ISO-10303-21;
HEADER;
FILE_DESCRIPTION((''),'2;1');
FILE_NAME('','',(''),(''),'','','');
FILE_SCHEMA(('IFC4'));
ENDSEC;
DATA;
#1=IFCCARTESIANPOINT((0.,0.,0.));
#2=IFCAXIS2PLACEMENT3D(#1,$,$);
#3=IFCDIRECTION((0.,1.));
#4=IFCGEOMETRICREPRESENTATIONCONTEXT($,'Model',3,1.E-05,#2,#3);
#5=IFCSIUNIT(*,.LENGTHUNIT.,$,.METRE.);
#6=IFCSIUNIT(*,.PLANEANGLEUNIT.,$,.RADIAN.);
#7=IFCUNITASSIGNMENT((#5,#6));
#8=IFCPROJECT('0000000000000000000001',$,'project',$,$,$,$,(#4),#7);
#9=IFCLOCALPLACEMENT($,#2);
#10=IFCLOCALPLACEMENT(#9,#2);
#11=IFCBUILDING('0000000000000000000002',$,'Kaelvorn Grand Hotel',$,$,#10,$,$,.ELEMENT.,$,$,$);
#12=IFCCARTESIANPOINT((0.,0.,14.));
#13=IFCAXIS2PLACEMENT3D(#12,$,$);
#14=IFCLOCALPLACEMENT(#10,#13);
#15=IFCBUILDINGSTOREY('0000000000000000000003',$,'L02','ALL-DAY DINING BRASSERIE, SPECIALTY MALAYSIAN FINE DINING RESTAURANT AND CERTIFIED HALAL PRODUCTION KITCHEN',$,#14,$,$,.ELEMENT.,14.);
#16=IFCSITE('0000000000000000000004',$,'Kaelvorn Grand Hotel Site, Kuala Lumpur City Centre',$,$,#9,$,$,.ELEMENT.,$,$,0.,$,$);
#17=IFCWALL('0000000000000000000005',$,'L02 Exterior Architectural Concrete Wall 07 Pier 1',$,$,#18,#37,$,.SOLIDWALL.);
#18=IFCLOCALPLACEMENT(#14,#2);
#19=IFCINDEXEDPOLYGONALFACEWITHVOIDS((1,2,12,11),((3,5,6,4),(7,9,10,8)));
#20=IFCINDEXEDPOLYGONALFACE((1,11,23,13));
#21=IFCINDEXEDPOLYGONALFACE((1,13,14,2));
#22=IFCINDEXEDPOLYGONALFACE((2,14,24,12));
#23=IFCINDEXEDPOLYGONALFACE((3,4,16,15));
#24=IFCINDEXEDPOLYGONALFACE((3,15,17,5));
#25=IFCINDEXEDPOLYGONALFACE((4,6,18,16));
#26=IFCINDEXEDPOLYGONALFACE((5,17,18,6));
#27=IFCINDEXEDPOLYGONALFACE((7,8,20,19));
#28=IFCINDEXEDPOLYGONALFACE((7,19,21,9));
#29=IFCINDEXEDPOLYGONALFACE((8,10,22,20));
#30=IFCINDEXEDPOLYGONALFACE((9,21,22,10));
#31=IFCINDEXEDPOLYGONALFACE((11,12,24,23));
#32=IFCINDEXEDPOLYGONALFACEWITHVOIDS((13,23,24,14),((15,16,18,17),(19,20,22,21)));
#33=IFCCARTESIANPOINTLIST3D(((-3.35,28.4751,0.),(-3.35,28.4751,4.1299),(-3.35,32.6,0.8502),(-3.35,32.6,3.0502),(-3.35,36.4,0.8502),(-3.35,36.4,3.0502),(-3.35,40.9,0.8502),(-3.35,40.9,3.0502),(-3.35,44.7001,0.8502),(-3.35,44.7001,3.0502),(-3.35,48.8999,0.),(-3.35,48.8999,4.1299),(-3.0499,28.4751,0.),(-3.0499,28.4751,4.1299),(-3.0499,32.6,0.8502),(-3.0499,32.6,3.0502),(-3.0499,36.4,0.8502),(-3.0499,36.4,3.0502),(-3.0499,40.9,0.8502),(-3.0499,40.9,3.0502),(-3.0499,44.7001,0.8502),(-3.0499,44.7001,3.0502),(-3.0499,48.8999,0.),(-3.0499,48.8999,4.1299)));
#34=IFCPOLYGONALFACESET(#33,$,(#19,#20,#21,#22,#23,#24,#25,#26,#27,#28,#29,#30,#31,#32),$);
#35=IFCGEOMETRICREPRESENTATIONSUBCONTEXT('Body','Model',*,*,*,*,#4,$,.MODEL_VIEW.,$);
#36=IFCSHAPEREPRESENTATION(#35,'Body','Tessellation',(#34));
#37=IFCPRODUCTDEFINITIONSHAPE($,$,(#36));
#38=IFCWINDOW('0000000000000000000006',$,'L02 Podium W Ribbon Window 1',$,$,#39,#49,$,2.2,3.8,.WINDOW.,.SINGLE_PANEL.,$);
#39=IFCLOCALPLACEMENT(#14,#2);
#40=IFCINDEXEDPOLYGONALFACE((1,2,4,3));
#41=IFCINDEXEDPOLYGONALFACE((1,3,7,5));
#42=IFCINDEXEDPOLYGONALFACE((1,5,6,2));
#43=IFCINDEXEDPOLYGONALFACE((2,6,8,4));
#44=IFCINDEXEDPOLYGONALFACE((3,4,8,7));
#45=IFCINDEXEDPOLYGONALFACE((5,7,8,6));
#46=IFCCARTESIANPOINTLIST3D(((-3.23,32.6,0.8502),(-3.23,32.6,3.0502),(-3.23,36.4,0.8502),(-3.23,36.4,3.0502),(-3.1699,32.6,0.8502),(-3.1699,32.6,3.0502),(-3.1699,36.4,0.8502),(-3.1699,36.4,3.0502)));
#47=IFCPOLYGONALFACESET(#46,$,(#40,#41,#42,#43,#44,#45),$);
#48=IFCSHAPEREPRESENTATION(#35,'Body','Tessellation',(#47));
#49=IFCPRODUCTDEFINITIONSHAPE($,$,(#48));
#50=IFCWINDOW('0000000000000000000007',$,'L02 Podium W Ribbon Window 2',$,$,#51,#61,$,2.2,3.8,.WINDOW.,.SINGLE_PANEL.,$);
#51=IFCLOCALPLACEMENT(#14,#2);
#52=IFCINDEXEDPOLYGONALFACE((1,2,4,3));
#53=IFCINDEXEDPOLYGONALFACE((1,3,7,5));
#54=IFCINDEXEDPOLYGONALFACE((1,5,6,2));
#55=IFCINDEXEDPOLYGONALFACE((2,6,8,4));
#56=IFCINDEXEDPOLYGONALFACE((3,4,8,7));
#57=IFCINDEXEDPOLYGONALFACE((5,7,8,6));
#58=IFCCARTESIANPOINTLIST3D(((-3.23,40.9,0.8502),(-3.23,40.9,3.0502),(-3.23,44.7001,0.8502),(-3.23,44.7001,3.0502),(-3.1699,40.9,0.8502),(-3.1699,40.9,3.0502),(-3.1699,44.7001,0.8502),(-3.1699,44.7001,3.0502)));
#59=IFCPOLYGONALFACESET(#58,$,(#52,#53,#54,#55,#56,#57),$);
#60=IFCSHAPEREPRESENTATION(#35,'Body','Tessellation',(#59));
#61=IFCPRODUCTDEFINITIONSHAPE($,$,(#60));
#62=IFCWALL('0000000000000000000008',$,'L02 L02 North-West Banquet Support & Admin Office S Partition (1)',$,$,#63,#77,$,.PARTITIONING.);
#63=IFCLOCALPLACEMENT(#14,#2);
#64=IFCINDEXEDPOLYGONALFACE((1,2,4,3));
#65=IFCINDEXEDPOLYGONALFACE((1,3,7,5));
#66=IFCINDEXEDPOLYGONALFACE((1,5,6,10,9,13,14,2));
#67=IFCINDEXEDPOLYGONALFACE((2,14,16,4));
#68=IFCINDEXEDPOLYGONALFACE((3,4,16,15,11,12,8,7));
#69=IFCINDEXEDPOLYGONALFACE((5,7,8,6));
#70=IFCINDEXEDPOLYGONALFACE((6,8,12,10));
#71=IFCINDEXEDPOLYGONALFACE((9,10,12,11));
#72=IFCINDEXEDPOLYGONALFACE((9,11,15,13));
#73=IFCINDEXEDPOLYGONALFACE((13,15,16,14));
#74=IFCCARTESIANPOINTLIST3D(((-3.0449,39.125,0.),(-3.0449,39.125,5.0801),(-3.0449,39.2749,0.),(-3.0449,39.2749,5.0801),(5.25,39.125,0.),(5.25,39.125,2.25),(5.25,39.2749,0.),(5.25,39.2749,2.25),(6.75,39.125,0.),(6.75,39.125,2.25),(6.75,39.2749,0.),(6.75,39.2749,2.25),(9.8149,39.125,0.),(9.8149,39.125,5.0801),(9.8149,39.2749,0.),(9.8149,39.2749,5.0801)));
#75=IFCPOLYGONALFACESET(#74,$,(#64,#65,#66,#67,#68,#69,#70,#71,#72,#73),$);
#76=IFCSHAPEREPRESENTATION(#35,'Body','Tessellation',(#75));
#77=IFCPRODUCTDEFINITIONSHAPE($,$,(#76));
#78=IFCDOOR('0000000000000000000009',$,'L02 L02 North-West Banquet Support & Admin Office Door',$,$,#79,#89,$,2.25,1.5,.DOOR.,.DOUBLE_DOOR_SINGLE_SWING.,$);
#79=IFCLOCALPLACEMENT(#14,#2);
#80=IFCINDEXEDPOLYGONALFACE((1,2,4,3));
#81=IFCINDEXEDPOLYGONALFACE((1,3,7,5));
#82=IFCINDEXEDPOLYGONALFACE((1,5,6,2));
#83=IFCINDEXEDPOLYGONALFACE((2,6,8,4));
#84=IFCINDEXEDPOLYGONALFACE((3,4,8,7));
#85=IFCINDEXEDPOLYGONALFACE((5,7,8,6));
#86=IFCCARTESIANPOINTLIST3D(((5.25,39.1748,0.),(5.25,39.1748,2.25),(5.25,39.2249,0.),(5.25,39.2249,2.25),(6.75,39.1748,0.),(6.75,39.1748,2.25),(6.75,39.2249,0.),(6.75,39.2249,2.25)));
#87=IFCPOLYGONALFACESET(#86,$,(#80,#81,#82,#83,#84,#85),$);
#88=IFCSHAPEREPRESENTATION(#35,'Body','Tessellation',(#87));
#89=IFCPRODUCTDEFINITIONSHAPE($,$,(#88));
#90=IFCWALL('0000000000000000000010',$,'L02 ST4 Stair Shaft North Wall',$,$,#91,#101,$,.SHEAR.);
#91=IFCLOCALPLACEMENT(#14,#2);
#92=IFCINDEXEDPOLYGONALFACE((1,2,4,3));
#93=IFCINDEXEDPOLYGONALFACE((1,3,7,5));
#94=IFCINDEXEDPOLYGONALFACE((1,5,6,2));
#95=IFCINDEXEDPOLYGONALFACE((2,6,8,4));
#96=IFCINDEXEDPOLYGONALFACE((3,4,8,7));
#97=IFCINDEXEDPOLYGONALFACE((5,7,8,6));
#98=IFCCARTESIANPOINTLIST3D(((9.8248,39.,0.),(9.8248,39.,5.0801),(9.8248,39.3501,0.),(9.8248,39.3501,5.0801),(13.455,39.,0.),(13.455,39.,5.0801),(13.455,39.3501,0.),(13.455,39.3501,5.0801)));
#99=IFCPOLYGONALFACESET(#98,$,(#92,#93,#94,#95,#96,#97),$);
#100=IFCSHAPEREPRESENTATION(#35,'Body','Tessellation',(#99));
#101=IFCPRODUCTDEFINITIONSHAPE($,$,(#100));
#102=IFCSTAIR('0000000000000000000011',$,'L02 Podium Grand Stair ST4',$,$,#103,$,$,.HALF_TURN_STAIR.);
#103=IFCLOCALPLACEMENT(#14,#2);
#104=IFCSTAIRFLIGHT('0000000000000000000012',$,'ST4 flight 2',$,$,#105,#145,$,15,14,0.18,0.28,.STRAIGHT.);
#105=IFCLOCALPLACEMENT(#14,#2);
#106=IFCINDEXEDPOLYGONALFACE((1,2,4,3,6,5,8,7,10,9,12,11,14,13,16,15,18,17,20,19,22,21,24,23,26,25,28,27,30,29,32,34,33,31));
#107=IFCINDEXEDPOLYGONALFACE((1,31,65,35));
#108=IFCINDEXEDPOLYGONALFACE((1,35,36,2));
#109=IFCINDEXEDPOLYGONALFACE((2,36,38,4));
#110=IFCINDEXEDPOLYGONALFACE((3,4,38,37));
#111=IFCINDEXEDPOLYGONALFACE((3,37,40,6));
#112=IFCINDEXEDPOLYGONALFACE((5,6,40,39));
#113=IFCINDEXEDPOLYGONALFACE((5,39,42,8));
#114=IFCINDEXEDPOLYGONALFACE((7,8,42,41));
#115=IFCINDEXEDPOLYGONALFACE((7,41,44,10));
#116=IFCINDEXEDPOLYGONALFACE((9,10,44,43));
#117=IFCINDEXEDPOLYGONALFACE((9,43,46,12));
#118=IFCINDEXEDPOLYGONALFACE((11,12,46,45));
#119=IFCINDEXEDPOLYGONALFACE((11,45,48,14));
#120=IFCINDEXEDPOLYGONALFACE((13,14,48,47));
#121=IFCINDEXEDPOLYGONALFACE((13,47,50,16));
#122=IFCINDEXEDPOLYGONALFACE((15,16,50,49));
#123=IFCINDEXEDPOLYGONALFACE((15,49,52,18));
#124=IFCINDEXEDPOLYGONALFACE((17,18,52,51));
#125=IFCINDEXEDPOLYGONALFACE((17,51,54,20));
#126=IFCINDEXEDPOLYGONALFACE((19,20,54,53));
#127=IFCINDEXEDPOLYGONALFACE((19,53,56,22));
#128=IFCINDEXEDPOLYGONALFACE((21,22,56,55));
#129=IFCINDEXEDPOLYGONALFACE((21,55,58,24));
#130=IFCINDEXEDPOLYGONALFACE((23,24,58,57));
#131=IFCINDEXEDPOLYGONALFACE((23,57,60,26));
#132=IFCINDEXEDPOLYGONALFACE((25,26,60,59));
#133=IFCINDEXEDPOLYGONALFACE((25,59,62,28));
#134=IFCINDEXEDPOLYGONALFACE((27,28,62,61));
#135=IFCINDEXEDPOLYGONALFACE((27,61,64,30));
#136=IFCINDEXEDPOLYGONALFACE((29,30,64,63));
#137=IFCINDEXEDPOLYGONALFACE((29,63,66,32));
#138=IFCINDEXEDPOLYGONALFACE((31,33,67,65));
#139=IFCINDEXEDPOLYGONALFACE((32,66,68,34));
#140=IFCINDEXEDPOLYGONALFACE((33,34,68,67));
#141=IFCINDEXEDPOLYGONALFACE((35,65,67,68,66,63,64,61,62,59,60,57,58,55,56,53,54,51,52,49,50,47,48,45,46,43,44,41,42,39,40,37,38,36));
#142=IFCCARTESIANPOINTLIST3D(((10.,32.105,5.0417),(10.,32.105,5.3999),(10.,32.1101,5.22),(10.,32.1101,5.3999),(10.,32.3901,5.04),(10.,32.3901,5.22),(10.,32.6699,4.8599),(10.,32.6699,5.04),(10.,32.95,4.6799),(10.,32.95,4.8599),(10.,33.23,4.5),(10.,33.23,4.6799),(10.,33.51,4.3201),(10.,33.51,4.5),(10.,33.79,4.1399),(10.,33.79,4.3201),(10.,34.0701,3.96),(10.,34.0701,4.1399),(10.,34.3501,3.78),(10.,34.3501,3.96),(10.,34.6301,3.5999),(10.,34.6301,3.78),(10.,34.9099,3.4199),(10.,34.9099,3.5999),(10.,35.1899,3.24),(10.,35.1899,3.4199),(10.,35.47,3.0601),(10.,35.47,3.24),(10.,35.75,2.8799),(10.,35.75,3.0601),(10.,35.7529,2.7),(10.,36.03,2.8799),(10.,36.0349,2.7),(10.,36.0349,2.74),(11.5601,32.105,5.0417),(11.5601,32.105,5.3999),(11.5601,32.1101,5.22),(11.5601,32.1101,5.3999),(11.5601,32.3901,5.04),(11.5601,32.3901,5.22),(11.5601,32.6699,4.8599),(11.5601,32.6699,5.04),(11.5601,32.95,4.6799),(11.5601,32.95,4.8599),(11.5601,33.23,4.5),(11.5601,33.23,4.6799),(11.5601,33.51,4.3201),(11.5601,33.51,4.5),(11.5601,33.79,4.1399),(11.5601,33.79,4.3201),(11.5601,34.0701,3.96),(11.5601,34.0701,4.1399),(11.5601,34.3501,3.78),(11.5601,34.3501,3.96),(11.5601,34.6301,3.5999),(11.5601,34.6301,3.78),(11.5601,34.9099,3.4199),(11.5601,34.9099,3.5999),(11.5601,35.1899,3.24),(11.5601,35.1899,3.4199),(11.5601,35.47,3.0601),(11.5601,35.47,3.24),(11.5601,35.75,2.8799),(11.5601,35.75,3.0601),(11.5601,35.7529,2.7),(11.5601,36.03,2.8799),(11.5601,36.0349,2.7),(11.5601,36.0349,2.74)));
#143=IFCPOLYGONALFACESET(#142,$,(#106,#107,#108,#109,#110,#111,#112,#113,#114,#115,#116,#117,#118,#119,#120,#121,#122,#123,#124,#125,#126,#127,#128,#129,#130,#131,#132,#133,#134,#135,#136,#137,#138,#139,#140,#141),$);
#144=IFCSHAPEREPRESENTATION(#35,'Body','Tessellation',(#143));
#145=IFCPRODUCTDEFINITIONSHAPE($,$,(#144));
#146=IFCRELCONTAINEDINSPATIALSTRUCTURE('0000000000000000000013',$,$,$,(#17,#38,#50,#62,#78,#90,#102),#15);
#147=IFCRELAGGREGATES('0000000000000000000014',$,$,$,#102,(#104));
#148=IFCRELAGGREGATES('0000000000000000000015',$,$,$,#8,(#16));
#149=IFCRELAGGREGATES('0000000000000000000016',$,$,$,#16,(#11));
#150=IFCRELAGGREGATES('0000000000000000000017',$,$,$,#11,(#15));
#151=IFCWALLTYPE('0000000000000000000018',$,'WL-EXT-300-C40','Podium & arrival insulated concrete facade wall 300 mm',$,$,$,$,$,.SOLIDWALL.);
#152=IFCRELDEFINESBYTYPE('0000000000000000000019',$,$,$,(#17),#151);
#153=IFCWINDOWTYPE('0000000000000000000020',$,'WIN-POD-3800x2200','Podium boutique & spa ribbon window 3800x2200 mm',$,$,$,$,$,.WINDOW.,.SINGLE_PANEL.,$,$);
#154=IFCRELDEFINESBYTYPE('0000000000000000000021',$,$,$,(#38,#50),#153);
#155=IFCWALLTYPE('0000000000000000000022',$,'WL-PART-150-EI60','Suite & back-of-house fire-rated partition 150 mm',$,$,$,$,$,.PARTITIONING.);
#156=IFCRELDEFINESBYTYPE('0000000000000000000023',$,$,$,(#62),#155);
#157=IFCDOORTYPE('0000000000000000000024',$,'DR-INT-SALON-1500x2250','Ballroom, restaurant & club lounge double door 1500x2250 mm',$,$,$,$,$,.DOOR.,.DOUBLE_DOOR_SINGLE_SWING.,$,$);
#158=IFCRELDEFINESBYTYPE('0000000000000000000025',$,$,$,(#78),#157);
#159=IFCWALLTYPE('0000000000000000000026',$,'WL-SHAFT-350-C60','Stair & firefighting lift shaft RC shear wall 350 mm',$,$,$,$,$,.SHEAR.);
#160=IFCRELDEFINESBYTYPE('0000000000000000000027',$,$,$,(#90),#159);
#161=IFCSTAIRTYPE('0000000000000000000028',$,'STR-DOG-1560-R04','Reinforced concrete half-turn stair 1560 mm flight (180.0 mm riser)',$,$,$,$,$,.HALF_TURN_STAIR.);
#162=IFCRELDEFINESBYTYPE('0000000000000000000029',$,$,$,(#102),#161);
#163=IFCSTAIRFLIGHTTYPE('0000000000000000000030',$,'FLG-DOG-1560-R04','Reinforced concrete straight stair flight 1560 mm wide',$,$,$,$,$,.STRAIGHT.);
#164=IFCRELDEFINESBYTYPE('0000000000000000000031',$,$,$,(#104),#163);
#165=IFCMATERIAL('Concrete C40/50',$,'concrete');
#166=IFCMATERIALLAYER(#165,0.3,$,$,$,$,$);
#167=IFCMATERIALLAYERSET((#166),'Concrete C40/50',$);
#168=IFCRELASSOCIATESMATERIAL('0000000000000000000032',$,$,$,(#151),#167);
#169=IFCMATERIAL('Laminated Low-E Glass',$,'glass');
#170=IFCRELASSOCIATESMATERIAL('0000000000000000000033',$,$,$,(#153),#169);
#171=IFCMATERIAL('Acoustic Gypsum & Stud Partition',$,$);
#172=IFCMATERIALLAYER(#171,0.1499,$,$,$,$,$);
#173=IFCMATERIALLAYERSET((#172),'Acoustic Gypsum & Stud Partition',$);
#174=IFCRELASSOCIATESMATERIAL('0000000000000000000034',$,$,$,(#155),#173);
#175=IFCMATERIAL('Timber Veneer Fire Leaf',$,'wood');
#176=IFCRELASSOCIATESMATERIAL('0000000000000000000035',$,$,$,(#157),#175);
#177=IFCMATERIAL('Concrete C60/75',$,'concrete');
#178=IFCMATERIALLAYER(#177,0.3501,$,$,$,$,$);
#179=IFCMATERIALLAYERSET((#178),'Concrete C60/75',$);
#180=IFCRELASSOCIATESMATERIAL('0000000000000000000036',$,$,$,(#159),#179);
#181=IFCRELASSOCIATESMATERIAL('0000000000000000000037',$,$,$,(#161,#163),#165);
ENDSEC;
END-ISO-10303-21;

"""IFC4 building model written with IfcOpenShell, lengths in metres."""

from ifc_helpers import new_model, si_unit, direction, frame, frame_2d, origin, place, context, subcontext, project, spatial, polyline, rectangle, outline, extrude, material, layer, layer_set, type_object, element, fill, aggregate, save


model = new_model("IFC4")

# Units and contexts
model_context = context("Model", 3, precision=1e-05, world=origin(), true_north=direction((0.0, 1.0)))
body_context = subcontext(model_context, "Body", "Model", "MODEL_VIEW")
ifc_project = project(units=[si_unit("LENGTHUNIT", "METRE"), si_unit("PLANEANGLEUNIT", "RADIAN")], contexts=[model_context])

# Site, building, storey
site_placement = place(None, origin())
site = spatial("IfcSite", under=ifc_project, at=site_placement, Name="Kaelvorn Grand Hotel Site, Kuala Lumpur City Centre", CompositionType="ELEMENT", RefElevation=0.0)
building_placement = place(site_placement, origin())
building = spatial("IfcBuilding", under=site, at=building_placement, Name="Kaelvorn Grand Hotel", CompositionType="ELEMENT")
storey_placement = place(building_placement, frame((0.0, 0.0, 14.0)))
storey = spatial("IfcBuildingStorey", under=building, at=storey_placement, Name="L02", Description="ALL-DAY DINING BRASSERIE, SPECIALTY MALAYSIAN FINE DINING RESTAURANT AND CERTIFIED HALAL PRODUCTION KITCHEN", CompositionType="ELEMENT", Elevation=14.0)

# Shared definitions
ifc_material_1 = material(Name="Concrete C60/75", Category="concrete")

# Shared definitions
ifc_material_2 = material(Name="Concrete C40/50", Category="concrete")
ifc_layer_1 = layer(ifc_material_2, 0.3)
ifc_layer_set_1 = layer_set([ifc_layer_1], Name="Concrete C40/50")
wall_type_1 = type_object("IfcWallType", Name="WL-EXT-300-C40", Description="Podium & arrival insulated concrete facade wall 300 mm", PredefinedType="SOLIDWALL", material=ifc_layer_set_1)
ifc_material_3 = material(Name="Laminated Low-E Glass", Category="glass")

# Wall, openings, windows
wall_1_placement = place(storey_placement, frame((-3.2, 48.8999, 0.0), z_axis=(0.0, 0.0, 1.0), x_axis=(0.0, -1.0, 0.0)))
wall_1 = element("IfcWall", 1, at=wall_1_placement, inside=storey, type_object=wall_type_1, Name="L02 Exterior Architectural Concrete Wall 07 Pier 1", PredefinedType="SOLIDWALL", context=body_context, shape_type="SweptSolid", body=[
    extrude(rectangle(XDim=20.4248, YDim=0.3, at=frame_2d((10.2124, 0.0))), origin(), (0.0, 0.0, 1.0), 4.1299),
])
opening_1_placement = place(wall_1_placement, frame((12.5, 0.0, 0.8501)))
opening_1 = element("IfcOpeningElement", 2, at=opening_1_placement, cuts=wall_1, PredefinedType="OPENING", context=body_context, shape_type="SweptSolid", body=[
    extrude(rectangle(XDim=3.8, YDim=2.2, at=frame_2d((1.8999, 1.1001))), frame((0.0, 0.1602, 0.0), z_axis=(0.0, -1.0, 0.0), x_axis=(1.0, 0.0, 0.0)), (0.0, 0.0, 1.0), 0.3201),
])
opening_2_placement = place(wall_1_placement, frame((4.2, 0.0, 0.8501)))
opening_2 = element("IfcOpeningElement", 3, at=opening_2_placement, cuts=wall_1, PredefinedType="OPENING", context=body_context, shape_type="SweptSolid", body=[
    extrude(rectangle(XDim=3.8, YDim=2.2, at=frame_2d((1.8999, 1.1001))), frame((0.0, 0.1602, 0.0), z_axis=(0.0, -1.0, 0.0), x_axis=(1.0, 0.0, 0.0)), (0.0, 0.0, 1.0), 0.3201),
])
window_type_1 = type_object("IfcWindowType", Name="WIN-POD-3800x2200", Description="Podium boutique & spa ribbon window 3800x2200 mm", PartitioningType="SINGLE_PANEL", PredefinedType="WINDOW", material=ifc_material_3)
window_1_placement = place(opening_1_placement, origin())
window_1 = element("IfcWindow", 4, at=window_1_placement, inside=storey, type_object=window_type_1, Name="L02 Podium W Ribbon Window 1", OverallHeight=2.2, OverallWidth=3.8, PartitioningType="SINGLE_PANEL", PredefinedType="WINDOW", context=body_context, shape_type="SweptSolid", body=[
    extrude(rectangle(XDim=3.8, YDim=2.2, at=frame_2d((1.8999, 1.1001))), frame((0.0, 0.03, 0.0), z_axis=(0.0, -1.0, 0.0), x_axis=(1.0, 0.0, 0.0)), (0.0, 0.0, 1.0), 0.0601),
])
fill(opening_1, window_1)
window_2_placement = place(opening_2_placement, origin())
window_2 = element("IfcWindow", 5, at=window_2_placement, inside=storey, type_object=window_type_1, Name="L02 Podium W Ribbon Window 2", OverallHeight=2.2, OverallWidth=3.8, PartitioningType="SINGLE_PANEL", PredefinedType="WINDOW", context=body_context, shape_type="SweptSolid", body=[
    extrude(rectangle(XDim=3.8, YDim=2.2, at=frame_2d((1.8999, 1.1001))), frame((0.0, 0.03, 0.0), z_axis=(0.0, -1.0, 0.0), x_axis=(1.0, 0.0, 0.0)), (0.0, 0.0, 1.0), 0.0601),
])
fill(opening_2, window_2)

# Wall, opening, door
ifc_material_4 = material(Name="Acoustic Gypsum & Stud Partition")
ifc_layer_2 = layer(ifc_material_4, 0.1499)
ifc_layer_set_2 = layer_set([ifc_layer_2], Name="Acoustic Gypsum & Stud Partition")
wall_type_2 = type_object("IfcWallType", Name="WL-PART-150-EI60", Description="Suite & back-of-house fire-rated partition 150 mm", PredefinedType="PARTITIONING", material=ifc_layer_set_2)
wall_2_placement = place(storey_placement, frame((-3.0449, 39.2, 0.0), z_axis=(0.0, 0.0, 1.0), x_axis=(1.0, 0.0, 0.0)))
wall_2 = element("IfcWall", 6, at=wall_2_placement, inside=storey, type_object=wall_type_2, Name="L02 L02 North-West Banquet Support & Admin Office S Partition (1)", PredefinedType="PARTITIONING", context=body_context, shape_type="SweptSolid", body=[
    extrude(rectangle(XDim=12.8599, YDim=0.1499, at=frame_2d((6.4299, 0.0))), origin(), (0.0, 0.0, 1.0), 5.0801),
])
opening_3_placement = place(wall_2_placement, frame((8.2949, 0.0, 0.0)))
opening_3 = element("IfcOpeningElement", 7, at=opening_3_placement, cuts=wall_2, PredefinedType="OPENING", context=body_context, shape_type="SweptSolid", body=[
    extrude(rectangle(XDim=1.5, YDim=2.25, at=frame_2d((0.75, 1.125))), frame((0.0, 0.085, 0.0), z_axis=(0.0, -1.0, 0.0), x_axis=(1.0, 0.0, 0.0)), (0.0, 0.0, 1.0), 0.1699),
])
ifc_material_5 = material(Name="Timber Veneer Fire Leaf", Category="wood")
door_type = type_object("IfcDoorType", Name="DR-INT-SALON-1500x2250", Description="Ballroom, restaurant & club lounge double door 1500x2250 mm", OperationType="DOUBLE_DOOR_SINGLE_SWING", PredefinedType="DOOR", material=ifc_material_5)
door_placement = place(opening_3_placement, origin())
door = element("IfcDoor", 8, at=door_placement, inside=storey, type_object=door_type, Name="L02 L02 North-West Banquet Support & Admin Office Door", OperationType="DOUBLE_DOOR_SINGLE_SWING", OverallHeight=2.25, OverallWidth=1.5, PredefinedType="DOOR", context=body_context, shape_type="SweptSolid", body=[
    extrude(rectangle(XDim=1.5, YDim=2.25, at=frame_2d((0.75, 1.125))), frame((0.0, 0.0249, 0.0), z_axis=(0.0, -1.0, 0.0), x_axis=(1.0, 0.0, 0.0)), (0.0, 0.0, 1.0), 0.05),
])
fill(opening_3, door)

# Wall
ifc_layer_3 = layer(ifc_material_1, 0.3501)
ifc_layer_set_3 = layer_set([ifc_layer_3], Name="Concrete C60/75")
wall_type_3 = type_object("IfcWallType", Name="WL-SHAFT-350-C60", Description="Stair & firefighting lift shaft RC shear wall 350 mm", PredefinedType="SHEAR", material=ifc_layer_set_3)
wall_3_placement = place(storey_placement, frame((9.825, 39.175, 0.0), z_axis=(0.0, 0.0, 1.0), x_axis=(1.0, 0.0, 0.0)))
element("IfcWall", 9, at=wall_3_placement, inside=storey, type_object=wall_type_3, Name="L02 ST4 Stair Shaft North Wall", PredefinedType="SHEAR", context=body_context, shape_type="SweptSolid", body=[
    extrude(rectangle(XDim=3.6301, YDim=0.3501, at=frame_2d((1.8149, 0.0))), origin(), (0.0, 0.0, 1.0), 5.0801),
])

# Stair, stair flight
stair_type = type_object("IfcStairType", Name="STR-DOG-1560-R04", Description="Reinforced concrete half-turn stair 1560 mm flight (180.0 mm riser)", PredefinedType="HALF_TURN_STAIR", material=ifc_material_2)
stair_placement = place(storey_placement, origin())
stair = element("IfcStair", 10, at=stair_placement, inside=storey, type_object=stair_type, Name="L02 Podium Grand Stair ST4", PredefinedType="HALF_TURN_STAIR")
stair_flight_type = type_object("IfcStairFlightType", Name="FLG-DOG-1560-R04", Description="Reinforced concrete straight stair flight 1560 mm wide", PredefinedType="STRAIGHT", material=ifc_material_2)
stair_flight_placement = place(storey_placement, frame((10.78, 36.03, 2.7), z_axis=(0.0, 0.0, 1.0), x_axis=(0.0, -1.0, 0.0)))
stair_flight = element("IfcStairFlight", 11, at=stair_flight_placement, type_object=stair_flight_type, Name="ST4 flight 2", NumberOfRisers=15, NumberOfTreads=14, PredefinedType="STRAIGHT", RiserHeight=0.18, TreadLength=0.28, context=body_context, shape_type="SweptSolid", body=[
    extrude(outline(polyline([(-0.0049, 0.0), (-0.0049, 0.04), (0.0, 0.1799), (0.28, 0.1799), (0.28, 0.3601), (0.5601, 0.3601), (0.5601, 0.54), (0.8401, 0.54), (0.8401, 0.72), (1.1201, 0.72), (1.1201, 0.8999), (1.3999, 0.8999), (1.3999, 1.0801), (1.6799, 1.0801), (1.6799, 1.26), (1.96, 1.26), (1.96, 1.4399), (2.24, 1.4399), (2.24, 1.6201), (2.52, 1.6201), (2.52, 1.8), (2.8, 1.8), (2.8, 1.98), (3.0801, 1.98), (3.0801, 2.1599), (3.3601, 2.1599), (3.3601, 2.3401), (3.6399, 2.3401), (3.6399, 2.52), (3.9199, 2.52), (3.9199, 2.7), (3.925, 2.7), (3.925, 2.3418), (0.2771, 0.0), (-0.0049, 0.0)])), frame((0.0, 0.78, 0.0), z_axis=(0.0, -1.0, 0.0), x_axis=(1.0, 0.0, 0.0)), (0.0, 0.0, 1.0), 1.5601),
])
aggregate(stair, [stair_flight])

save(model, "model.ifc")
